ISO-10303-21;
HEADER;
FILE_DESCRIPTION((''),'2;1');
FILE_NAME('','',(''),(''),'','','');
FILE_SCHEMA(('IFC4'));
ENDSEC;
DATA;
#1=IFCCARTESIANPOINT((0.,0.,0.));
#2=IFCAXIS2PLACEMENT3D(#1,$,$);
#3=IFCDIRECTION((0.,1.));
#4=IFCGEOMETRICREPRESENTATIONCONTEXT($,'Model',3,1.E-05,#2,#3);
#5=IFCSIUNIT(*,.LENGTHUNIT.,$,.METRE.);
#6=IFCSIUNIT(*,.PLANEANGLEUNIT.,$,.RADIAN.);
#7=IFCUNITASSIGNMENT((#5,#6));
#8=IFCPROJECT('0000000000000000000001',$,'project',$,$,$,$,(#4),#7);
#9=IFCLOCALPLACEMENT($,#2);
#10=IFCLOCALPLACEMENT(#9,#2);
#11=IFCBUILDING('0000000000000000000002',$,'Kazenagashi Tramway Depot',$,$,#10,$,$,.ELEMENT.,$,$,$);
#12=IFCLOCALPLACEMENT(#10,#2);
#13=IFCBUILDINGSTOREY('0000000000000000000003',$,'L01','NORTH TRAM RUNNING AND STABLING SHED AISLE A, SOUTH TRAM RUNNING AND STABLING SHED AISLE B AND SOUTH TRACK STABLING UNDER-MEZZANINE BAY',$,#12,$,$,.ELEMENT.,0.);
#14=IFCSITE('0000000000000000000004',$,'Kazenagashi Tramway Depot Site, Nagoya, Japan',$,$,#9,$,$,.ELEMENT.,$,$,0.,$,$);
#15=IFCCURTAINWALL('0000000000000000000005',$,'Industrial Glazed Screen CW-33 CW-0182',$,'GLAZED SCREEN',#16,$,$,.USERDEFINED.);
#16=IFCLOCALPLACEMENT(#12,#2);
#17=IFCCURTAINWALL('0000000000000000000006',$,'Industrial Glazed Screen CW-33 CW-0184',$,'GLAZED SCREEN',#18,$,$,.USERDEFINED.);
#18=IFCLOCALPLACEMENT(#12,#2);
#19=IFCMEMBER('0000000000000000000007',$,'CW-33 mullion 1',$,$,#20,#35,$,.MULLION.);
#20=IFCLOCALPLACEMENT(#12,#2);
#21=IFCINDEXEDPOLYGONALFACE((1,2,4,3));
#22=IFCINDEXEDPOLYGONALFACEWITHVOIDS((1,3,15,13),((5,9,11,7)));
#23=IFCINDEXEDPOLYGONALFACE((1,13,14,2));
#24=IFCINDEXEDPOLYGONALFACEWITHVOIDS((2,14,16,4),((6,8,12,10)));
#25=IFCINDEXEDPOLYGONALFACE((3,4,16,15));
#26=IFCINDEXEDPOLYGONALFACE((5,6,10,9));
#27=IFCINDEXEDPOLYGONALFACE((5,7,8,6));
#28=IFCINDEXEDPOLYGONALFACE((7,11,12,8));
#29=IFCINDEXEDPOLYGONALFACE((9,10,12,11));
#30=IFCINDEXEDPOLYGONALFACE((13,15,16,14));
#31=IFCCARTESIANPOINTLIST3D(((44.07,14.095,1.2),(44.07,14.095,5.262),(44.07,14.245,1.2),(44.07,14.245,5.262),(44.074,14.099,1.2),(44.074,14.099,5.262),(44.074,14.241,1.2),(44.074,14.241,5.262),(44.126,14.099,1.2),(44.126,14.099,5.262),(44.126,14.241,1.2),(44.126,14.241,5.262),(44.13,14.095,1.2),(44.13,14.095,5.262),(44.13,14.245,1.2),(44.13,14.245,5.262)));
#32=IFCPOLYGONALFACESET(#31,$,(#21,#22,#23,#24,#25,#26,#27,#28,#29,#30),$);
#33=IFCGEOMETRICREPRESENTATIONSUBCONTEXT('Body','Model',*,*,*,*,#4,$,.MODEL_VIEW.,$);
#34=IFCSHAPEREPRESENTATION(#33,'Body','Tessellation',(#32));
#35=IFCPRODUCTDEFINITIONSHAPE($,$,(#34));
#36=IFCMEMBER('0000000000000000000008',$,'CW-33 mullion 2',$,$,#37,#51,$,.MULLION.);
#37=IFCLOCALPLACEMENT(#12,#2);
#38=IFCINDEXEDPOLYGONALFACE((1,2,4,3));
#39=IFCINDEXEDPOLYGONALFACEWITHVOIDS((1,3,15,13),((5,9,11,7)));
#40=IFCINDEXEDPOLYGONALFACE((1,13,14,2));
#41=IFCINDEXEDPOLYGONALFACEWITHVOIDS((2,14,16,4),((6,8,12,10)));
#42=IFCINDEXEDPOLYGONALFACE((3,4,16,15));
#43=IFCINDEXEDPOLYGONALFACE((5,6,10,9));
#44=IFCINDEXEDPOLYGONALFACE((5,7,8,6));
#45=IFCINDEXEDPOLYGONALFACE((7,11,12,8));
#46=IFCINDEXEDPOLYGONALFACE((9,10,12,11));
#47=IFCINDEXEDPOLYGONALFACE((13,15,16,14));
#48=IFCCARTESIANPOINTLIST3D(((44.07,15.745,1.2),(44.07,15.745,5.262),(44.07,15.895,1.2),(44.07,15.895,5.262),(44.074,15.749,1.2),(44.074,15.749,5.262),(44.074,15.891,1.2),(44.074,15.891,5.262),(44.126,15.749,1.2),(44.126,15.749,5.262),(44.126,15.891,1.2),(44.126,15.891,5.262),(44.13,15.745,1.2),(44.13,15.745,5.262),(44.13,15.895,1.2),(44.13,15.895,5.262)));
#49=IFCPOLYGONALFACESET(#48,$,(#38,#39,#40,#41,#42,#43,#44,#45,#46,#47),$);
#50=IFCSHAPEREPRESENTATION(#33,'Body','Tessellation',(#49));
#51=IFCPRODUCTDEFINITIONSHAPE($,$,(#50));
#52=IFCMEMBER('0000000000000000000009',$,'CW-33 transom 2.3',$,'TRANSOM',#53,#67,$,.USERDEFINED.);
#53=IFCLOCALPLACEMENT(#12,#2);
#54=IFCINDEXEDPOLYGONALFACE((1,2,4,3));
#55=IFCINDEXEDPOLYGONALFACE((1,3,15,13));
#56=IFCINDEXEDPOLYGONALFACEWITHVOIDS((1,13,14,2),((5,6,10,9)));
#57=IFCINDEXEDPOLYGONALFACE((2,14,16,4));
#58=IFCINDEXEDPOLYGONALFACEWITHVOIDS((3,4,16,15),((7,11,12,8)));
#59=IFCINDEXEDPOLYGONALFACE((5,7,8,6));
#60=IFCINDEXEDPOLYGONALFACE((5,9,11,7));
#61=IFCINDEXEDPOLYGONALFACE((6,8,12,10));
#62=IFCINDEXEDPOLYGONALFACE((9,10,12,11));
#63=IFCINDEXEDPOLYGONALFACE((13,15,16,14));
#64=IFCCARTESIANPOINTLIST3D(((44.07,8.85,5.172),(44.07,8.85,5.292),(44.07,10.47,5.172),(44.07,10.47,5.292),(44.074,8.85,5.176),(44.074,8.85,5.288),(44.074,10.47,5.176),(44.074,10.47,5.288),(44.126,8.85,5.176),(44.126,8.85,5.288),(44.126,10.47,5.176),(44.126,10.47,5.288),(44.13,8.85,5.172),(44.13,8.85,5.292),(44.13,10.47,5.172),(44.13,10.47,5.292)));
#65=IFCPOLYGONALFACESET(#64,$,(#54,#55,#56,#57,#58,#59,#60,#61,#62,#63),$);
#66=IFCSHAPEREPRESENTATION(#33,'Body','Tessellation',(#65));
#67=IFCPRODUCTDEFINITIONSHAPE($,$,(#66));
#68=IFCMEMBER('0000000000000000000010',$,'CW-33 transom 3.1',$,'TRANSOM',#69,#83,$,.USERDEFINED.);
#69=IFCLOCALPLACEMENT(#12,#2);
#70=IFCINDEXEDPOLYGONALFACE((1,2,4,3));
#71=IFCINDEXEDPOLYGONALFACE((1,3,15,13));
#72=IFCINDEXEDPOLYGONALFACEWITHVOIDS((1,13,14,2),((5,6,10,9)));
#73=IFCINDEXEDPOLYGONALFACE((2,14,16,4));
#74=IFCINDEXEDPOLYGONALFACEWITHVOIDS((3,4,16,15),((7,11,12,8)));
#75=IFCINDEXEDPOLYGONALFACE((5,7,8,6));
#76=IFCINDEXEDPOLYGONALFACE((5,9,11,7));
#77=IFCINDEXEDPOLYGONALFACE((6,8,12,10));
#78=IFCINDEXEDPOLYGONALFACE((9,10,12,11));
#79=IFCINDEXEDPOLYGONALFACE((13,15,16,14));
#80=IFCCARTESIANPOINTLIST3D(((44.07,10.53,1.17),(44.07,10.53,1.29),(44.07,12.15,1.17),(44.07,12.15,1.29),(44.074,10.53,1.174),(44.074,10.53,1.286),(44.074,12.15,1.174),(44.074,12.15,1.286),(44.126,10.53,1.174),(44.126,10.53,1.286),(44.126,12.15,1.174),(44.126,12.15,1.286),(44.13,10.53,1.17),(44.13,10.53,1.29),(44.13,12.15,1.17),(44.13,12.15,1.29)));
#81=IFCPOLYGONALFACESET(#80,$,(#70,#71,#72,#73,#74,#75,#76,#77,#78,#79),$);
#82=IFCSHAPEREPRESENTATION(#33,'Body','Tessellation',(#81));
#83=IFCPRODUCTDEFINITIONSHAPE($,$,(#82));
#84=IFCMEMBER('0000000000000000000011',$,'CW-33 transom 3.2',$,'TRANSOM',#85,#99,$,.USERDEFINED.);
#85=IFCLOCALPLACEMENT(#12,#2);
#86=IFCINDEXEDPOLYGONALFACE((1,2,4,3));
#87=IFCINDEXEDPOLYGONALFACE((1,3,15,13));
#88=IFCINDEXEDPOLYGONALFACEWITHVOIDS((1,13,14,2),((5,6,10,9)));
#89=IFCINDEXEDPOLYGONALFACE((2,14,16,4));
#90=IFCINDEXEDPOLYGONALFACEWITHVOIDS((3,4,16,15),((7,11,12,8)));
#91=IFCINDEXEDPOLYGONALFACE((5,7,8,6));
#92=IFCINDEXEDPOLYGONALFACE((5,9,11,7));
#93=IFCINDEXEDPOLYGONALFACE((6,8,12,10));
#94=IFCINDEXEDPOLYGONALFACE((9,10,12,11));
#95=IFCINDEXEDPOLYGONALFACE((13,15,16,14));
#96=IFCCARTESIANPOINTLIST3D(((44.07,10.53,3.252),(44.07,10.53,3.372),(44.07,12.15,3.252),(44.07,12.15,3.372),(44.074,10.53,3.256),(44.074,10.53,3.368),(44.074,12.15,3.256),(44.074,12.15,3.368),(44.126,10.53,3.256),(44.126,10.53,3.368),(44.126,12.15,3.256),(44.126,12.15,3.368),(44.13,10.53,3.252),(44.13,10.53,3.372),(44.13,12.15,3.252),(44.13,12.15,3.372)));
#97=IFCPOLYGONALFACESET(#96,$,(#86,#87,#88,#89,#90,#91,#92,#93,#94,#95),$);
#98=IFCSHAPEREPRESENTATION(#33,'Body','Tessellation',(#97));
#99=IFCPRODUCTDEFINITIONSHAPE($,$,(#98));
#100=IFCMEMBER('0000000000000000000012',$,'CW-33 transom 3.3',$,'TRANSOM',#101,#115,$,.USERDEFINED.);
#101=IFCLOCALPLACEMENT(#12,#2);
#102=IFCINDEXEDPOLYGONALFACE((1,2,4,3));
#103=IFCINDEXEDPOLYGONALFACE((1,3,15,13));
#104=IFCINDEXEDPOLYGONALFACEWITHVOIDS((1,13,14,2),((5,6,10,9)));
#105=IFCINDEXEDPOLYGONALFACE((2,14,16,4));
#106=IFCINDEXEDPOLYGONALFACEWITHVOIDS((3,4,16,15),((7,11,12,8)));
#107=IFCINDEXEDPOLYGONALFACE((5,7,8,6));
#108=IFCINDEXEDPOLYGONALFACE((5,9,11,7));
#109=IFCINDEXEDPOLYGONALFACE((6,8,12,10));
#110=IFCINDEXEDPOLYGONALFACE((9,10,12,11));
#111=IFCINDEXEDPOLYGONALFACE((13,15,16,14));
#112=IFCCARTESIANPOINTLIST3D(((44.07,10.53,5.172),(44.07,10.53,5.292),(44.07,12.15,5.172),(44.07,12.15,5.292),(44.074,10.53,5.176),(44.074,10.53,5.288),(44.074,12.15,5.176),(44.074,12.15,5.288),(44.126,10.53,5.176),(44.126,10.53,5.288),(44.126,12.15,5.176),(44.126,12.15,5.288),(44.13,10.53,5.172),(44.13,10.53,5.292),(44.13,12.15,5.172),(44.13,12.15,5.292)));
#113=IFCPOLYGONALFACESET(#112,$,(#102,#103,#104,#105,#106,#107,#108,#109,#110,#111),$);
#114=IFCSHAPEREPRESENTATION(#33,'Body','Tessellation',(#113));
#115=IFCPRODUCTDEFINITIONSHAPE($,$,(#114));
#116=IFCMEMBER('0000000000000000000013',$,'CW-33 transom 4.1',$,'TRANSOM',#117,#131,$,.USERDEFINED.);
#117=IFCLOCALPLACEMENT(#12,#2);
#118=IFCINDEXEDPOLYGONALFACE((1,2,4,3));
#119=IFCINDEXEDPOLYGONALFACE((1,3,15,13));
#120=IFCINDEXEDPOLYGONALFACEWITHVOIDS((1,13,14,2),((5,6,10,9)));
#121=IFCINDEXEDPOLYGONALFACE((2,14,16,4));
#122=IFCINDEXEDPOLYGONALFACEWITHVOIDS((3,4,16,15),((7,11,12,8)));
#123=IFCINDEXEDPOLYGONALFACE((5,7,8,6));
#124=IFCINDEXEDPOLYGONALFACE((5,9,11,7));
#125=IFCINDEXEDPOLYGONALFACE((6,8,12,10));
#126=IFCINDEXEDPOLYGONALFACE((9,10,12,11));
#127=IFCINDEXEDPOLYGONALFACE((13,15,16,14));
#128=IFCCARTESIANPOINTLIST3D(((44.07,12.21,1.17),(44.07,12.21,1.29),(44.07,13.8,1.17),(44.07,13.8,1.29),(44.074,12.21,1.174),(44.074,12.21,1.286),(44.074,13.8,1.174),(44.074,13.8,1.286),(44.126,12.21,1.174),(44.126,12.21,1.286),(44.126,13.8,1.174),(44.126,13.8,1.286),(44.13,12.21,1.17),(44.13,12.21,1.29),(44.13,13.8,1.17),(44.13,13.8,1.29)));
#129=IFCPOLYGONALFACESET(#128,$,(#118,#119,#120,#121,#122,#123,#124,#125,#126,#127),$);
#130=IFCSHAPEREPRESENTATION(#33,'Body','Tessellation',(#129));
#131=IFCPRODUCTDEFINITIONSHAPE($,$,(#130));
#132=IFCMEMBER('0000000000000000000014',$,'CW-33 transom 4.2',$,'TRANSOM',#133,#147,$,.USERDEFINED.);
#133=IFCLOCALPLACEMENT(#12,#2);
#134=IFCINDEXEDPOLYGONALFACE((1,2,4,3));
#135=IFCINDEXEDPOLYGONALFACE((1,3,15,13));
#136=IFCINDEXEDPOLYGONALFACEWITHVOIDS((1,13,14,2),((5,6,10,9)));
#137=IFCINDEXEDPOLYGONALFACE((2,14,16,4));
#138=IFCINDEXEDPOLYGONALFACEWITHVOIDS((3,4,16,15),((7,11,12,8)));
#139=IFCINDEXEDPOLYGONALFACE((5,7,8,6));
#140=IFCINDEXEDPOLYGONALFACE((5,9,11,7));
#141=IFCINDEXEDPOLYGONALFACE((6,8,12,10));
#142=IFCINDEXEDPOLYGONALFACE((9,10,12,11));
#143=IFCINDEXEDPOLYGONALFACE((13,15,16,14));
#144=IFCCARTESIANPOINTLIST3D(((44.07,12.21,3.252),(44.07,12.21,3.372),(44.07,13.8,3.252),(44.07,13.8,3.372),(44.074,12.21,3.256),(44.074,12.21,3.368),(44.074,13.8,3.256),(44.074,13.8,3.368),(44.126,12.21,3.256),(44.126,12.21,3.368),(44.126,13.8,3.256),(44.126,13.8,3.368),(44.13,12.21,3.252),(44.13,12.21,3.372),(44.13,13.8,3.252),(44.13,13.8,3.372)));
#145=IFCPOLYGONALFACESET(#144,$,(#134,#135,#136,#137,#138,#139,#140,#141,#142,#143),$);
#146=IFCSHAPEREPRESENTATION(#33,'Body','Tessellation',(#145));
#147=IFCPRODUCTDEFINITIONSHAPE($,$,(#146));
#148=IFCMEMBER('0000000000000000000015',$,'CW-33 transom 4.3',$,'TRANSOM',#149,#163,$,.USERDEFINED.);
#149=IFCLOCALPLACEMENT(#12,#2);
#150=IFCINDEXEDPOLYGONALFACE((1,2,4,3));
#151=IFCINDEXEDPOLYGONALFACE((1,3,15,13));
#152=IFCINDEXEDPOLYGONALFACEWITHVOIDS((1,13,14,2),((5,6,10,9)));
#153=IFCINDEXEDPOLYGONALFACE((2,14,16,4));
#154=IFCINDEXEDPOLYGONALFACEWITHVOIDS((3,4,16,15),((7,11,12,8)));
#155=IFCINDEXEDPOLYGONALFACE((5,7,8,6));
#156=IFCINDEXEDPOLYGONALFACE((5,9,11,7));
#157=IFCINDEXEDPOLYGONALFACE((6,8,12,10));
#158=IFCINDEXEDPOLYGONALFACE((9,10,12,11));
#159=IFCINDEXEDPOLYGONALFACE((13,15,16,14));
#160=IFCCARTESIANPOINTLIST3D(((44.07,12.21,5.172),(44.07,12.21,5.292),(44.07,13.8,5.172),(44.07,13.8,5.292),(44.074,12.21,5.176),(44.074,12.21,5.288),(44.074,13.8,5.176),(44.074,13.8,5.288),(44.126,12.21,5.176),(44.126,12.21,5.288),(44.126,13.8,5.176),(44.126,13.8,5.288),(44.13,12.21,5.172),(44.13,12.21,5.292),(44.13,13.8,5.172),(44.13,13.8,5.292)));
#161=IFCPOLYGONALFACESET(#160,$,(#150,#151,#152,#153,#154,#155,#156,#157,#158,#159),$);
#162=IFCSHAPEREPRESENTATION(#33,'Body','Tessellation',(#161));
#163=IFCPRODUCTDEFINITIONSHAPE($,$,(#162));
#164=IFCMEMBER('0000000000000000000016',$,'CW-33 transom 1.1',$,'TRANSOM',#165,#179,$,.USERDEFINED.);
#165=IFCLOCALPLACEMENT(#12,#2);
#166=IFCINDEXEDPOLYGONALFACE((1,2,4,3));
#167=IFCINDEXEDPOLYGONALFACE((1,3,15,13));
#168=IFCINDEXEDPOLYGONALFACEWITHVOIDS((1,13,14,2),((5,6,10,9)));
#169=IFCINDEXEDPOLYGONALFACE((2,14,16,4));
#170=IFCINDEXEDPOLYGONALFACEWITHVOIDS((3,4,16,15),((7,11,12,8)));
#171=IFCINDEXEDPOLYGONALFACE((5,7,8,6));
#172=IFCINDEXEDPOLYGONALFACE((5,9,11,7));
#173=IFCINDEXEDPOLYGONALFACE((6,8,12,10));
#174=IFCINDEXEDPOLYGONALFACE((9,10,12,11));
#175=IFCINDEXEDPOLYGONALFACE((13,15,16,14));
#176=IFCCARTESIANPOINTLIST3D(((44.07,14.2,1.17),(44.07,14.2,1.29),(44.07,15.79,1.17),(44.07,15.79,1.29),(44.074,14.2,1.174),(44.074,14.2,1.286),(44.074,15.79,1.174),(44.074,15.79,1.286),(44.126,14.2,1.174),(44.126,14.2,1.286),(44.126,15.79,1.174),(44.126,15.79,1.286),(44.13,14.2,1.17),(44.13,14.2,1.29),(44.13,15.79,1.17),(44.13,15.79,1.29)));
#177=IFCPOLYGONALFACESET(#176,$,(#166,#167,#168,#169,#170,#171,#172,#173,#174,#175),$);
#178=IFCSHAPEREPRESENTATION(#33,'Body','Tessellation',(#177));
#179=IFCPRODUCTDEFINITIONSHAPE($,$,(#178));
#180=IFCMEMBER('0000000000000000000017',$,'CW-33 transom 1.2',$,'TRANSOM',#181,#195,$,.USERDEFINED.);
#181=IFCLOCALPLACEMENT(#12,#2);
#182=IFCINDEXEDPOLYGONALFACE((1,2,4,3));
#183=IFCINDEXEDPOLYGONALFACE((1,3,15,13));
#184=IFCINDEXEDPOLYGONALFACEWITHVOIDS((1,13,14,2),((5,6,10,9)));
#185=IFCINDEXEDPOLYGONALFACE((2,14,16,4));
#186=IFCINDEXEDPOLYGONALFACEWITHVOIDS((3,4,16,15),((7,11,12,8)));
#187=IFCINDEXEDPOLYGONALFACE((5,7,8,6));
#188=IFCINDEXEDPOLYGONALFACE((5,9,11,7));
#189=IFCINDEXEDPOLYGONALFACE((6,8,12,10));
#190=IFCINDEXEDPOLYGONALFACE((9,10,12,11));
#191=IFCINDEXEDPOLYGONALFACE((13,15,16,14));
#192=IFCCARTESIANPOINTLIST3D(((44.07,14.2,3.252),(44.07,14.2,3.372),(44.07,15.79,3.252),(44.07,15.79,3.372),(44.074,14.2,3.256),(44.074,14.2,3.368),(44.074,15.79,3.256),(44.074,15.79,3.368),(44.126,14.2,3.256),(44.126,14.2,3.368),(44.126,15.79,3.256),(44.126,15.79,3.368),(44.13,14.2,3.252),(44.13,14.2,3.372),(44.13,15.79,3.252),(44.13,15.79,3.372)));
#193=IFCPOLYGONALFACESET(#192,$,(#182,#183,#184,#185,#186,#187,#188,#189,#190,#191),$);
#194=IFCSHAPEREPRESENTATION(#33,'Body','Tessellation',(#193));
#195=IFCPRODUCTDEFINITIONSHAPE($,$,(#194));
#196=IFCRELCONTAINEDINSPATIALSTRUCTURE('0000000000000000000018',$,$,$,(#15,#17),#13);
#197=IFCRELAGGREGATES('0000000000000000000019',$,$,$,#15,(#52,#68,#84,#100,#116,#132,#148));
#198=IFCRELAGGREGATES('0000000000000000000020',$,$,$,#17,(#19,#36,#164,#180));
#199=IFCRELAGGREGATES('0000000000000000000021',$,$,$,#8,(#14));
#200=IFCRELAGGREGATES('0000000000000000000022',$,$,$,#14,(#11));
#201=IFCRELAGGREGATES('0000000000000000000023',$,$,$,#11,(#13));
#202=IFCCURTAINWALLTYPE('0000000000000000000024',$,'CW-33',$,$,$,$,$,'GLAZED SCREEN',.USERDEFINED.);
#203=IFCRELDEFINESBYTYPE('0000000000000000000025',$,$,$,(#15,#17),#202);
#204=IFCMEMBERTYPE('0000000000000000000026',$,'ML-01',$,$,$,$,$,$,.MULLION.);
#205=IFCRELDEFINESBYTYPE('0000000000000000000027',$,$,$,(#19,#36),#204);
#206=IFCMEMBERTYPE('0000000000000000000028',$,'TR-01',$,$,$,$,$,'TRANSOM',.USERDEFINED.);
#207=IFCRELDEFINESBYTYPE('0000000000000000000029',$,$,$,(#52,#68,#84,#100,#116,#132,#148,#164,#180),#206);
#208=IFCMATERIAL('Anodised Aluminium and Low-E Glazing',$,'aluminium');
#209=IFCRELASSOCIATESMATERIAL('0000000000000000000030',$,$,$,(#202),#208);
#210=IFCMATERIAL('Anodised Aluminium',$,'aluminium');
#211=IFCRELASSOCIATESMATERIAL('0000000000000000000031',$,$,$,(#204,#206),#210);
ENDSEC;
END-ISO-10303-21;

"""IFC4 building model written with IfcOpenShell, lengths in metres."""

from ifc_helpers import new_model, si_unit, direction, frame, origin, origin_2d, place, context, subcontext, project, spatial, hollow_rectangle, extrude, material, material_profile, profile_set, type_object, element, aggregate, save


model = new_model("IFC4")

# Units and contexts
model_context = context("Model", 3, precision=1e-05, world=origin(), true_north=direction((0.0, 1.0)))
body_context = subcontext(model_context, "Body", "Model", "MODEL_VIEW")
ifc_project = project(units=[si_unit("LENGTHUNIT", "METRE"), si_unit("PLANEANGLEUNIT", "RADIAN")], contexts=[model_context])

# Site, building, storey
site_placement = place(None, origin())
site = spatial("IfcSite", under=ifc_project, at=site_placement, Name="Kazenagashi Tramway Depot Site, Nagoya, Japan", CompositionType="ELEMENT", RefElevation=0.0)
building_placement = place(site_placement, origin())
building = spatial("IfcBuilding", under=site, at=building_placement, Name="Kazenagashi Tramway Depot", CompositionType="ELEMENT")
storey_placement = place(building_placement, origin())
storey = spatial("IfcBuildingStorey", under=building, at=storey_placement, Name="L01", Description="NORTH TRAM RUNNING AND STABLING SHED AISLE A, SOUTH TRAM RUNNING AND STABLING SHED AISLE B AND SOUTH TRACK STABLING UNDER-MEZZANINE BAY", CompositionType="ELEMENT", Elevation=0.0)

# Curtain walls, members
ifc_material_1 = material(Name="Anodised Aluminium and Low-E Glazing", Category="aluminium")
curtain_wall_type = type_object("IfcCurtainWallType", Name="CW-33", ElementType="GLAZED SCREEN", PredefinedType="USERDEFINED", material=ifc_material_1)
curtain_wall_1_placement = place(storey_placement, origin())
curtain_wall_1 = element("IfcCurtainWall", 1, at=curtain_wall_1_placement, inside=storey, type_object=curtain_wall_type, Name="Industrial Glazed Screen CW-33 CW-0182", ObjectType="GLAZED SCREEN", PredefinedType="USERDEFINED")
ifc_material_2 = material(Name="Anodised Aluminium", Category="aluminium")
ifc_material_profile_1 = material_profile(ifc_material_2, hollow_rectangle(XDim=0.06, YDim=0.15, WallThickness=0.004, at=origin_2d()), Name="RHS-150x60x4")
ifc_profile_set_1 = profile_set([ifc_material_profile_1], Name="Anodised Aluminium")
member_type_1 = type_object("IfcMemberType", Name="ML-01", PredefinedType="MULLION", material=ifc_profile_set_1)
curtain_wall_2_placement = place(storey_placement, origin())
curtain_wall_2 = element("IfcCurtainWall", 2, at=curtain_wall_2_placement, inside=storey, type_object=curtain_wall_type, Name="Industrial Glazed Screen CW-33 CW-0184", ObjectType="GLAZED SCREEN", PredefinedType="USERDEFINED")
member_1_placement = place(storey_placement, frame((44.1, 14.17, 1.2), z_axis=(0.0, 0.0, 1.0), x_axis=(-1.0, 0.0, 0.0)))
member_1 = element("IfcMember", 3, at=member_1_placement, type_object=member_type_1, Name="CW-33 mullion 1", PredefinedType="MULLION", context=body_context, shape_type="SweptSolid", body=[
    extrude(hollow_rectangle(XDim=0.06, YDim=0.15, WallThickness=0.004, at=origin_2d()), origin(), (0.0, 0.0, 1.0), 4.062),
])
member_2_placement = place(storey_placement, frame((44.1, 15.82, 1.2), z_axis=(0.0, 0.0, 1.0), x_axis=(-1.0, 0.0, 0.0)))
member_2 = element("IfcMember", 4, at=member_2_placement, type_object=member_type_1, Name="CW-33 mullion 2", PredefinedType="MULLION", context=body_context, shape_type="SweptSolid", body=[
    extrude(hollow_rectangle(XDim=0.06, YDim=0.15, WallThickness=0.004, at=origin_2d()), origin(), (0.0, 0.0, 1.0), 4.062),
])

# Members
ifc_material_profile_2 = material_profile(ifc_material_2, hollow_rectangle(XDim=0.06, YDim=0.12, WallThickness=0.004, at=origin_2d()), Name="RHS-120x60x4")
ifc_profile_set_2 = profile_set([ifc_material_profile_2], Name="Anodised Aluminium")
member_type_2 = type_object("IfcMemberType", Name="TR-01", ElementType="TRANSOM", PredefinedType="USERDEFINED", material=ifc_profile_set_2)
member_3_placement = place(storey_placement, frame((44.1, 8.85, 5.232), z_axis=(0.0, 1.0, 0.0), x_axis=(-1.0, 0.0, 0.0)))
member_3 = element("IfcMember", 5, at=member_3_placement, type_object=member_type_2, Name="CW-33 transom 2.3", ObjectType="TRANSOM", PredefinedType="USERDEFINED", context=body_context, shape_type="SweptSolid", body=[
    extrude(hollow_rectangle(XDim=0.06, YDim=0.12, WallThickness=0.004, at=origin_2d()), origin(), (0.0, 0.0, 1.0), 1.62),
])
member_4_placement = place(storey_placement, frame((44.1, 10.53, 1.23), z_axis=(0.0, 1.0, 0.0), x_axis=(-1.0, 0.0, 0.0)))
member_4 = element("IfcMember", 6, at=member_4_placement, type_object=member_type_2, Name="CW-33 transom 3.1", ObjectType="TRANSOM", PredefinedType="USERDEFINED", context=body_context, shape_type="SweptSolid", body=[
    extrude(hollow_rectangle(XDim=0.06, YDim=0.12, WallThickness=0.004, at=origin_2d()), origin(), (0.0, 0.0, 1.0), 1.62),
])
member_5_placement = place(storey_placement, frame((44.1, 10.53, 3.312), z_axis=(0.0, 1.0, 0.0), x_axis=(-1.0, 0.0, 0.0)))
member_5 = element("IfcMember", 7, at=member_5_placement, type_object=member_type_2, Name="CW-33 transom 3.2", ObjectType="TRANSOM", PredefinedType="USERDEFINED", context=body_context, shape_type="SweptSolid", body=[
    extrude(hollow_rectangle(XDim=0.06, YDim=0.12, WallThickness=0.004, at=origin_2d()), origin(), (0.0, 0.0, 1.0), 1.62),
])
member_6_placement = place(storey_placement, frame((44.1, 10.53, 5.232), z_axis=(0.0, 1.0, 0.0), x_axis=(-1.0, 0.0, 0.0)))
member_6 = element("IfcMember", 8, at=member_6_placement, type_object=member_type_2, Name="CW-33 transom 3.3", ObjectType="TRANSOM", PredefinedType="USERDEFINED", context=body_context, shape_type="SweptSolid", body=[
    extrude(hollow_rectangle(XDim=0.06, YDim=0.12, WallThickness=0.004, at=origin_2d()), origin(), (0.0, 0.0, 1.0), 1.62),
])
member_7_placement = place(storey_placement, frame((44.1, 12.21, 1.23), z_axis=(0.0, 1.0, 0.0), x_axis=(-1.0, 0.0, 0.0)))
member_7 = element("IfcMember", 9, at=member_7_placement, type_object=member_type_2, Name="CW-33 transom 4.1", ObjectType="TRANSOM", PredefinedType="USERDEFINED", context=body_context, shape_type="SweptSolid", body=[
    extrude(hollow_rectangle(XDim=0.06, YDim=0.12, WallThickness=0.004, at=origin_2d()), origin(), (0.0, 0.0, 1.0), 1.59),
])
member_8_placement = place(storey_placement, frame((44.1, 12.21, 3.312), z_axis=(0.0, 1.0, 0.0), x_axis=(-1.0, 0.0, 0.0)))
member_8 = element("IfcMember", 10, at=member_8_placement, type_object=member_type_2, Name="CW-33 transom 4.2", ObjectType="TRANSOM", PredefinedType="USERDEFINED", context=body_context, shape_type="SweptSolid", body=[
    extrude(hollow_rectangle(XDim=0.06, YDim=0.12, WallThickness=0.004, at=origin_2d()), origin(), (0.0, 0.0, 1.0), 1.59),
])
member_9_placement = place(storey_placement, frame((44.1, 12.21, 5.232), z_axis=(0.0, 1.0, 0.0), x_axis=(-1.0, 0.0, 0.0)))
member_9 = element("IfcMember", 11, at=member_9_placement, type_object=member_type_2, Name="CW-33 transom 4.3", ObjectType="TRANSOM", PredefinedType="USERDEFINED", context=body_context, shape_type="SweptSolid", body=[
    extrude(hollow_rectangle(XDim=0.06, YDim=0.12, WallThickness=0.004, at=origin_2d()), origin(), (0.0, 0.0, 1.0), 1.59),
])
member_10_placement = place(storey_placement, frame((44.1, 14.2, 1.23), z_axis=(0.0, 1.0, 0.0), x_axis=(-1.0, 0.0, 0.0)))
member_10 = element("IfcMember", 12, at=member_10_placement, type_object=member_type_2, Name="CW-33 transom 1.1", ObjectType="TRANSOM", PredefinedType="USERDEFINED", context=body_context, shape_type="SweptSolid", body=[
    extrude(hollow_rectangle(XDim=0.06, YDim=0.12, WallThickness=0.004, at=origin_2d()), origin(), (0.0, 0.0, 1.0), 1.59),
])
member_11_placement = place(storey_placement, frame((44.1, 14.2, 3.312), z_axis=(0.0, 1.0, 0.0), x_axis=(-1.0, 0.0, 0.0)))
member_11 = element("IfcMember", 13, at=member_11_placement, type_object=member_type_2, Name="CW-33 transom 1.2", ObjectType="TRANSOM", PredefinedType="USERDEFINED", context=body_context, shape_type="SweptSolid", body=[
    extrude(hollow_rectangle(XDim=0.06, YDim=0.12, WallThickness=0.004, at=origin_2d()), origin(), (0.0, 0.0, 1.0), 1.59),
])

aggregate(curtain_wall_1, [member_3, member_4, member_5, member_6, member_7, member_8, member_9])
aggregate(curtain_wall_2, [member_1, member_2, member_10, member_11])

save(model, "model.ifc")
